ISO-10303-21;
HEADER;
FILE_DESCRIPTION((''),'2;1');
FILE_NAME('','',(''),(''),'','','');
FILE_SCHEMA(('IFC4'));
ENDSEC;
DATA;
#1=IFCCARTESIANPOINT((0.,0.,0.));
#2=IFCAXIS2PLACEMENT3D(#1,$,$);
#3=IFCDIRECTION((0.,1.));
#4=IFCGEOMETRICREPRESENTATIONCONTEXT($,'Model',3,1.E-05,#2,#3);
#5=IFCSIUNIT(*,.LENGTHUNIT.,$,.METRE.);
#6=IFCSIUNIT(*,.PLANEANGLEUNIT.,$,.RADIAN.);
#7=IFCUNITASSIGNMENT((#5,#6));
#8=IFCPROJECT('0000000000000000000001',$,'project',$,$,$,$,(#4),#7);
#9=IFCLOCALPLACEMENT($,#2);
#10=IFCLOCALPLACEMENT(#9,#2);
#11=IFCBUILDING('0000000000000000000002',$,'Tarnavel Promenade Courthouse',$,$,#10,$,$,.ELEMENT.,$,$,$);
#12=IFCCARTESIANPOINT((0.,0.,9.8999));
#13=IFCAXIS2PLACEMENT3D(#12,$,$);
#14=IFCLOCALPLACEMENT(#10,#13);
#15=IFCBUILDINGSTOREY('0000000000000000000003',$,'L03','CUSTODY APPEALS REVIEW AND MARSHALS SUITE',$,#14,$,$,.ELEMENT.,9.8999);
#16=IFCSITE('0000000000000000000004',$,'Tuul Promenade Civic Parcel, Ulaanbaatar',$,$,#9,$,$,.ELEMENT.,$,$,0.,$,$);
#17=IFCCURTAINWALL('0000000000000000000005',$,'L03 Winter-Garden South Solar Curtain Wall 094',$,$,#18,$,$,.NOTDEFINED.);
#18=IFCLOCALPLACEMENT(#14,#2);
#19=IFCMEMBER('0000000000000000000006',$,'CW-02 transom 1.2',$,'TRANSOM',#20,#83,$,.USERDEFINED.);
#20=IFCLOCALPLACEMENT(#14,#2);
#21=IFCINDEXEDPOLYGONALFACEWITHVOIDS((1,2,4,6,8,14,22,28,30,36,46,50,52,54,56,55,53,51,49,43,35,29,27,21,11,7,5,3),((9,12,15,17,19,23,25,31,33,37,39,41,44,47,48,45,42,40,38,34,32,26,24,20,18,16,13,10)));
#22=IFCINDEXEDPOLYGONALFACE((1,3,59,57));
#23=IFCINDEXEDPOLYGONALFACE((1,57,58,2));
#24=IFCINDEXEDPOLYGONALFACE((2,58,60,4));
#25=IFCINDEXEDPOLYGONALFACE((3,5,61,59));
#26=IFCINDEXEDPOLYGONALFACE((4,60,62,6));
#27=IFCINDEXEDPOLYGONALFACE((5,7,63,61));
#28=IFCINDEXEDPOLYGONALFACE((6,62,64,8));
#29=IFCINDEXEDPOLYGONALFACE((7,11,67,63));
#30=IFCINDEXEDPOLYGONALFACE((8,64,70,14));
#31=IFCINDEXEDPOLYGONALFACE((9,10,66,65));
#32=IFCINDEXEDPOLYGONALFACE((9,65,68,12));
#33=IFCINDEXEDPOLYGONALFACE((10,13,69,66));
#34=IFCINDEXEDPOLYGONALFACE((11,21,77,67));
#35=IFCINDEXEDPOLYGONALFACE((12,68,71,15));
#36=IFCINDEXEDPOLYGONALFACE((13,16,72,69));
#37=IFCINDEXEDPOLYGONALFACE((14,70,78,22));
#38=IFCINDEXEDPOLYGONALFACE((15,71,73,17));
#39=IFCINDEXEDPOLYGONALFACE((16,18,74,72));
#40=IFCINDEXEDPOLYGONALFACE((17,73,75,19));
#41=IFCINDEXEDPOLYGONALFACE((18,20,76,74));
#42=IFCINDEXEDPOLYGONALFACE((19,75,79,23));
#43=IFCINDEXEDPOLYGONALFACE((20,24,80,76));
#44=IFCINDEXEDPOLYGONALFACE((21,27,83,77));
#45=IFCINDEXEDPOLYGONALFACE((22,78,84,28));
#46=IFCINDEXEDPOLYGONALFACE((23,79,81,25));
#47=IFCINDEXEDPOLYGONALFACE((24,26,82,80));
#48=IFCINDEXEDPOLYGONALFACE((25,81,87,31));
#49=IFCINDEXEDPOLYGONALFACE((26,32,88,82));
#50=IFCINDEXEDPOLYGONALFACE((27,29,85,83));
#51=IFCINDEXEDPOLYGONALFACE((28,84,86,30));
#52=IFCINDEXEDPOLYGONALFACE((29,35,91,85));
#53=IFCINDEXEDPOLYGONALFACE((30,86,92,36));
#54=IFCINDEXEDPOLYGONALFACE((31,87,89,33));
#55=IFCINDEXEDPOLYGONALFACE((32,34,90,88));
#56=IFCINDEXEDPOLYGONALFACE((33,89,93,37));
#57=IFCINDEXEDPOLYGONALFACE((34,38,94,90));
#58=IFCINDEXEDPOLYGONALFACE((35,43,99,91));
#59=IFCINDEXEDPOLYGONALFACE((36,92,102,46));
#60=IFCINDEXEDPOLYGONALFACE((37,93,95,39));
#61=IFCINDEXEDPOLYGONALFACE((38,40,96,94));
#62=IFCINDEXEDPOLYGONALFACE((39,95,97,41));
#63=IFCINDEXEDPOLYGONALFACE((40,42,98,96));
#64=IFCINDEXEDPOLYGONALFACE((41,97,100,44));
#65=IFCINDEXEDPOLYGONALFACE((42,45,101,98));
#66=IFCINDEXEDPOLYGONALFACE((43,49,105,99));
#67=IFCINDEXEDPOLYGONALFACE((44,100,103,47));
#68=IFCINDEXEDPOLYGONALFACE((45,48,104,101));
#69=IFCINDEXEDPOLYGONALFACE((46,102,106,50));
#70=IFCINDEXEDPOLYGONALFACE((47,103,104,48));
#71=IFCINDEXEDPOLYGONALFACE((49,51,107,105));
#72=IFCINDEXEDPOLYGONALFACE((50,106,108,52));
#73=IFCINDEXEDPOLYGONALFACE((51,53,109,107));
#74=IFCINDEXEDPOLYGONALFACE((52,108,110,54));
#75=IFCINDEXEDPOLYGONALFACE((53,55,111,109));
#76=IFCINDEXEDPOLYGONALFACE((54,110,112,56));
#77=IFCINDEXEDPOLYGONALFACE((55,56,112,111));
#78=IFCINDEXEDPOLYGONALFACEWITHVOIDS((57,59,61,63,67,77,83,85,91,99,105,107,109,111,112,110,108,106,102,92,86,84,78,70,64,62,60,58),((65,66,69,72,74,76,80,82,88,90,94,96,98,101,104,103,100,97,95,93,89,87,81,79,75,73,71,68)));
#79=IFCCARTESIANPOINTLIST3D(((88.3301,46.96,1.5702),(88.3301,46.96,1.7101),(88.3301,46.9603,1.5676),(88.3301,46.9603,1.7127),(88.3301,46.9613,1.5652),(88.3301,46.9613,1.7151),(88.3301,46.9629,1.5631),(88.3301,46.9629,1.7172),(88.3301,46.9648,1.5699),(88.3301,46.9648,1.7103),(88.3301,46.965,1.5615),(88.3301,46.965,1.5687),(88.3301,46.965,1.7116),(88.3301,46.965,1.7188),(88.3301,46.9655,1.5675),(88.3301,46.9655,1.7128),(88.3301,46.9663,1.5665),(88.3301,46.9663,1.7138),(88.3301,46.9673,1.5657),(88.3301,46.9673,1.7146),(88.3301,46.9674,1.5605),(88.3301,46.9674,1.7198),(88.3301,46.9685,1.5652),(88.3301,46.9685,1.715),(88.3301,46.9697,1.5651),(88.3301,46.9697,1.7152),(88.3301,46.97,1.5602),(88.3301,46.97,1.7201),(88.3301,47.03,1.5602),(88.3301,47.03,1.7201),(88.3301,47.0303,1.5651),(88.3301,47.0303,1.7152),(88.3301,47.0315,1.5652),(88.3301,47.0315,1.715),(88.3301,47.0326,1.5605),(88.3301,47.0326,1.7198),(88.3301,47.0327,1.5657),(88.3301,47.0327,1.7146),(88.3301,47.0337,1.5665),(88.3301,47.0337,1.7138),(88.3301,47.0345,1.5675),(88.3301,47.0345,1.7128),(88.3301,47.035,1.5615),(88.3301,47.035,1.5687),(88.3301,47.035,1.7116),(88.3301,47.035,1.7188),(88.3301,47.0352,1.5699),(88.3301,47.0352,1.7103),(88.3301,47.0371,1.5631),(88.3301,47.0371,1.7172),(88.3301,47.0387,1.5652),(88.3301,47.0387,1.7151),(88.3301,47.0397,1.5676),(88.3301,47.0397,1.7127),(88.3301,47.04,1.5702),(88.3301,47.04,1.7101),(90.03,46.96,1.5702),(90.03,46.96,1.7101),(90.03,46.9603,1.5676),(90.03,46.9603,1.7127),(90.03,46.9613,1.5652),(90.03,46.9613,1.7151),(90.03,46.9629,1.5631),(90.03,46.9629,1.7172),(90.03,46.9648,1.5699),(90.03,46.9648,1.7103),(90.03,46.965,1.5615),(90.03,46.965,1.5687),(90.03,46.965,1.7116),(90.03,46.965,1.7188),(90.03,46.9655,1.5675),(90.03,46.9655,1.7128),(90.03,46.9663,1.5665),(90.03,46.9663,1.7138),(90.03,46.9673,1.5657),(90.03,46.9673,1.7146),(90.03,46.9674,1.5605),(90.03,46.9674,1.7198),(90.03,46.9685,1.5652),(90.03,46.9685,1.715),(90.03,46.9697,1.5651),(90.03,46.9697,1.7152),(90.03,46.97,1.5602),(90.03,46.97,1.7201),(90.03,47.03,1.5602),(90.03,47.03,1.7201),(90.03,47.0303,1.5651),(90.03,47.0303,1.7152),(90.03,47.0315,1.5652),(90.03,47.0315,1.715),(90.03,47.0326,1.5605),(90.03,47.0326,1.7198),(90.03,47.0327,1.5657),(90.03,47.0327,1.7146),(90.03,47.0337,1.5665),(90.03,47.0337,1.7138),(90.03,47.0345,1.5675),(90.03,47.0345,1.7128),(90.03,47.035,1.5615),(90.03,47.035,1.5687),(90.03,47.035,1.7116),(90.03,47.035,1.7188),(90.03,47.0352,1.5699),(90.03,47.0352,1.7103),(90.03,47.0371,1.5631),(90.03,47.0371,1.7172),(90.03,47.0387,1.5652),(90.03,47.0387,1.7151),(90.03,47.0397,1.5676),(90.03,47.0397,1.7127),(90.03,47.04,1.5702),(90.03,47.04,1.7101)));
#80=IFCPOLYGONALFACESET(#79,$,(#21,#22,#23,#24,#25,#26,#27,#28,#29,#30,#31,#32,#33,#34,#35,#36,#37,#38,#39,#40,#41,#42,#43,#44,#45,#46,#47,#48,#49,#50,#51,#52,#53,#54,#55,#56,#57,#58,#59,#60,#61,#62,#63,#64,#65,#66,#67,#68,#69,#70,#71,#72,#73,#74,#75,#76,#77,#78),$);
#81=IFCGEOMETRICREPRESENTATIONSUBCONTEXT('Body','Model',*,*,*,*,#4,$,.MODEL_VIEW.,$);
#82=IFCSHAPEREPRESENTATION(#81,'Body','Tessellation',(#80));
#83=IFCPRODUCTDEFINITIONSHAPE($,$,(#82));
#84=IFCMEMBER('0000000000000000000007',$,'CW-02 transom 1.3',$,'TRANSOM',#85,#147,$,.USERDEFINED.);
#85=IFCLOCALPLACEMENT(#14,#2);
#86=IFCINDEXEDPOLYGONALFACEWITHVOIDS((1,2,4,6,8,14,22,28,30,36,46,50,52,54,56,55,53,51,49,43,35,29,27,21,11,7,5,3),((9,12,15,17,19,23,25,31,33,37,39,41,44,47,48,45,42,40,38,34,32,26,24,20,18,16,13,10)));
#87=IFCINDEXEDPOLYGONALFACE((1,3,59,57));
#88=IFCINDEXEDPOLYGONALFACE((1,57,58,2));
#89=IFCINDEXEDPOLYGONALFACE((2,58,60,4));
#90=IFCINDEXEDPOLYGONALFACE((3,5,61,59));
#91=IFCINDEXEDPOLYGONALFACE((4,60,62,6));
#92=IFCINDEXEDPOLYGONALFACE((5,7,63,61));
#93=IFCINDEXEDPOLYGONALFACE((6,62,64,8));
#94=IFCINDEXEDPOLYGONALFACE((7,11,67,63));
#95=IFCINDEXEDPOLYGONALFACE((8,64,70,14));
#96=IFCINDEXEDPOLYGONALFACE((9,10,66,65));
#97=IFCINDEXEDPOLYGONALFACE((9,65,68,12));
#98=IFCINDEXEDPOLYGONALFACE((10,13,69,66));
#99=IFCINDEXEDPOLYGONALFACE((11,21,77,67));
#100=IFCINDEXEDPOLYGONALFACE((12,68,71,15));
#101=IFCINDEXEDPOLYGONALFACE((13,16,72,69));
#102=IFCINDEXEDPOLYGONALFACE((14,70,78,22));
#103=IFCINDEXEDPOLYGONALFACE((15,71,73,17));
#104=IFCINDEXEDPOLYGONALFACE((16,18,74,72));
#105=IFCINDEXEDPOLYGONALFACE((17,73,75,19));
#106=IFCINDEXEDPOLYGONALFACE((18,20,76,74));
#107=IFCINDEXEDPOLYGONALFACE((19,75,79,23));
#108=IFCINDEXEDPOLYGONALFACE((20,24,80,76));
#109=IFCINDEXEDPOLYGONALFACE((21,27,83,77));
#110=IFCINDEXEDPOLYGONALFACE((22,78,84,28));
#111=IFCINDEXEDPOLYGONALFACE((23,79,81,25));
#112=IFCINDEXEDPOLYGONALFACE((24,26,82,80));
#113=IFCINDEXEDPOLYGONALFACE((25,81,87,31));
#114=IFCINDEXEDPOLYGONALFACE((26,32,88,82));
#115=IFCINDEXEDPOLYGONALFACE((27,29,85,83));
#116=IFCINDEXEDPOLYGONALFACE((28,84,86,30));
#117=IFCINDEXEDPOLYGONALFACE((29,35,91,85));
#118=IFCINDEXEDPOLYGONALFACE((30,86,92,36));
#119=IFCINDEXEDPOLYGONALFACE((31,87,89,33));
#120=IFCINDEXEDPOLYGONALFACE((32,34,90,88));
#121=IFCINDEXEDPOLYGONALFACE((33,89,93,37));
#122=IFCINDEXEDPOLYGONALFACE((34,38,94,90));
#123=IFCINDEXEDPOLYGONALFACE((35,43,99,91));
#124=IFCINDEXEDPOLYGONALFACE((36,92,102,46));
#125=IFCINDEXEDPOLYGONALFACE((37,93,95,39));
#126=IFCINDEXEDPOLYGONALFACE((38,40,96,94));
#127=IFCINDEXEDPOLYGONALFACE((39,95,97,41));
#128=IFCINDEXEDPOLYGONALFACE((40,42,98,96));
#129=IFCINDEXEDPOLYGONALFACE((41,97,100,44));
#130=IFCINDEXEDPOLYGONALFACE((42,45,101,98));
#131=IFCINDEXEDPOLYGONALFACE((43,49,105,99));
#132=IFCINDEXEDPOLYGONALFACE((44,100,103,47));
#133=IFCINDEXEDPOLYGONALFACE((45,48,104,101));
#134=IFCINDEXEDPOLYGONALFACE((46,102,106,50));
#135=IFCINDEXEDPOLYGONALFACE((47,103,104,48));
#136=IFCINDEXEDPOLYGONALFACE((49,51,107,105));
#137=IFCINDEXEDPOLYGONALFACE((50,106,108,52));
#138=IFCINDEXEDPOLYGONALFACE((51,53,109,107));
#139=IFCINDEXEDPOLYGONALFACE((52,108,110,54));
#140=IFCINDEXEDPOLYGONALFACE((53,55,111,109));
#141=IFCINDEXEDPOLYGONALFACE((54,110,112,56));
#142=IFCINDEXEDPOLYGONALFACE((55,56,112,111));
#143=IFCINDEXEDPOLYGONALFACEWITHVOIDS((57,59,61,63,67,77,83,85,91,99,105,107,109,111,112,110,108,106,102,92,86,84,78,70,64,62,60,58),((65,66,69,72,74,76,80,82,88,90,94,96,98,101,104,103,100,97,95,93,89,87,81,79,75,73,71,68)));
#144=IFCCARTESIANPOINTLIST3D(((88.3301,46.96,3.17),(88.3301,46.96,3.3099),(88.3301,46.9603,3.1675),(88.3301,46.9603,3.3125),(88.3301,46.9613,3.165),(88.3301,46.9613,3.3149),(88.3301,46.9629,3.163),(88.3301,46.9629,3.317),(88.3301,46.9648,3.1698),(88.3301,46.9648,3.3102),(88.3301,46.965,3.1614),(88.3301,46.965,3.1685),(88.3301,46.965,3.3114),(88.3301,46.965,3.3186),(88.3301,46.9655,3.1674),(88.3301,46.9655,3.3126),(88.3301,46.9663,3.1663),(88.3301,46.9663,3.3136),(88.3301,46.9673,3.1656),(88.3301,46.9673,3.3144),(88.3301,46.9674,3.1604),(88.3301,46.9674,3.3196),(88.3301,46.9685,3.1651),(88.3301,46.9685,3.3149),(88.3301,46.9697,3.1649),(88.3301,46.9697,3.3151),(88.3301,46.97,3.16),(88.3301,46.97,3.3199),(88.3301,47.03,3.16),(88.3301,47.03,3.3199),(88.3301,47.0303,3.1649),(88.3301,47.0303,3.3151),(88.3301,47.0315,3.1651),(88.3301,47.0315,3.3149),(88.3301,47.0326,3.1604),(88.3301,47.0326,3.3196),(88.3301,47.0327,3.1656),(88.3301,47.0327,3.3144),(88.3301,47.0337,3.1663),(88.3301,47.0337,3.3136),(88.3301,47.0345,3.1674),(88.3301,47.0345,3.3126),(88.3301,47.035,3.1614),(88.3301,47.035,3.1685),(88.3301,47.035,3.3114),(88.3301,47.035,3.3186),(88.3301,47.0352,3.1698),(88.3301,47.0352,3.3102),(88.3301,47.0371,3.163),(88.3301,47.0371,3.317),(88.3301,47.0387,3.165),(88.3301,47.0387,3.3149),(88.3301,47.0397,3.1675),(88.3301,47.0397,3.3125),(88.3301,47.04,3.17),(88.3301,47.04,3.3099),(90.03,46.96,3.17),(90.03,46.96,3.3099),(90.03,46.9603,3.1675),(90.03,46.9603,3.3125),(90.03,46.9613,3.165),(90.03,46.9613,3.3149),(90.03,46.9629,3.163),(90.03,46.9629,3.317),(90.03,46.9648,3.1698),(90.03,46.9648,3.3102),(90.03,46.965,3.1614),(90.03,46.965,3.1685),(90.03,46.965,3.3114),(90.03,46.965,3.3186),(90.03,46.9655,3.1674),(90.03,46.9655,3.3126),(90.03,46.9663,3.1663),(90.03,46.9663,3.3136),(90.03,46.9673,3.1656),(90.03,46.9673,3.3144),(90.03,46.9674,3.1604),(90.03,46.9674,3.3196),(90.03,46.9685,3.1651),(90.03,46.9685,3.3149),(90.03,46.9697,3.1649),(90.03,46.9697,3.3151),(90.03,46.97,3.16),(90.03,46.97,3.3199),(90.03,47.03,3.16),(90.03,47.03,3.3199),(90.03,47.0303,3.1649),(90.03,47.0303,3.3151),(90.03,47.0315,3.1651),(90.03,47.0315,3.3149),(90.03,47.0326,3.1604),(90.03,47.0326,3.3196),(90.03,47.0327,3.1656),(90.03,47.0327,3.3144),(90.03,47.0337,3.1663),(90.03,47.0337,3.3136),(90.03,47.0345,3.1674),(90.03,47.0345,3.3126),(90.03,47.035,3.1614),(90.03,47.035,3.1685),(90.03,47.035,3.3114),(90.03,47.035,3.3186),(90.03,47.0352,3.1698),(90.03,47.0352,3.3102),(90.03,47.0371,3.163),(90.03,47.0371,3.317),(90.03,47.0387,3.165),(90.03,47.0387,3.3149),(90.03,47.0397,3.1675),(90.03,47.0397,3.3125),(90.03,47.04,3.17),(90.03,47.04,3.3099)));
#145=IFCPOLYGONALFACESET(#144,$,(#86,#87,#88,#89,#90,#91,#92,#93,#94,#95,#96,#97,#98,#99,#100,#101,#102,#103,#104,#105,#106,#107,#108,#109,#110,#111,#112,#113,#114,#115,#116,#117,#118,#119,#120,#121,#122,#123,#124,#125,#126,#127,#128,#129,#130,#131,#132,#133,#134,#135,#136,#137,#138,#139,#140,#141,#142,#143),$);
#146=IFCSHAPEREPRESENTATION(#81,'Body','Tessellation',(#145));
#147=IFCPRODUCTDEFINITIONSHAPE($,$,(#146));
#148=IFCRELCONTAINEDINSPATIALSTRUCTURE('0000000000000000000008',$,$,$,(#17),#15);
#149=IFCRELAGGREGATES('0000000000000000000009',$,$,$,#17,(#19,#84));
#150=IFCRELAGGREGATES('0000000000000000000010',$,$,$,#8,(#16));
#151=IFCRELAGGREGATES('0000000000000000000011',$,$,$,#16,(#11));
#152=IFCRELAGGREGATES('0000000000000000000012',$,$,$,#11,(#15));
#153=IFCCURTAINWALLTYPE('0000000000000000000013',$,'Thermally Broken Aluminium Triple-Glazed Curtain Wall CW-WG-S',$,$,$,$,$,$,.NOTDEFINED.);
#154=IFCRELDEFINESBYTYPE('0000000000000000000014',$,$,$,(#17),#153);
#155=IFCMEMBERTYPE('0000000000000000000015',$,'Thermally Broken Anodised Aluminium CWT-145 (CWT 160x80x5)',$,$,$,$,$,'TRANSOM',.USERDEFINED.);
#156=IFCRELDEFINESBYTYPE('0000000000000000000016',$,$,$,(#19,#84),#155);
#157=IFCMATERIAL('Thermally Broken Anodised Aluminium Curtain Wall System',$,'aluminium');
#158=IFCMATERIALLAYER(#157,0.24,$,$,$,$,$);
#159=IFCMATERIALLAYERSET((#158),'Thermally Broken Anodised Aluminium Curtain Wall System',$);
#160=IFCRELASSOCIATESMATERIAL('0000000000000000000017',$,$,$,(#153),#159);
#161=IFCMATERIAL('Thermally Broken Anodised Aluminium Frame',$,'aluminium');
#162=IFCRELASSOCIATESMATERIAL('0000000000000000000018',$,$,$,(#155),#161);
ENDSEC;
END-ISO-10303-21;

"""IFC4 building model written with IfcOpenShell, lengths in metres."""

from ifc_helpers import new_model, si_unit, direction, frame, origin, origin_2d, place, context, subcontext, project, spatial, hollow_rectangle, extrude, material, layer, layer_set, material_profile, profile_set, type_object, element, aggregate, save


model = new_model("IFC4")

# Units and contexts
model_context = context("Model", 3, precision=1e-05, world=origin(), true_north=direction((0.0, 1.0)))
body_context = subcontext(model_context, "Body", "Model", "MODEL_VIEW")
ifc_project = project(units=[si_unit("LENGTHUNIT", "METRE"), si_unit("PLANEANGLEUNIT", "RADIAN")], contexts=[model_context])

# Site, building, storey
site_placement = place(None, origin())
site = spatial("IfcSite", under=ifc_project, at=site_placement, Name="Tuul Promenade Civic Parcel, Ulaanbaatar", CompositionType="ELEMENT", RefElevation=0.0)
building_placement = place(site_placement, origin())
building = spatial("IfcBuilding", under=site, at=building_placement, Name="Tarnavel Promenade Courthouse", CompositionType="ELEMENT")
storey_placement = place(building_placement, frame((0.0, 0.0, 9.8999)))
storey = spatial("IfcBuildingStorey", under=building, at=storey_placement, Name="L03", Description="CUSTODY APPEALS REVIEW AND MARSHALS SUITE", CompositionType="ELEMENT", Elevation=9.8999)

# Curtain wall
ifc_material_1 = material(Name="Thermally Broken Anodised Aluminium Curtain Wall System", Category="aluminium")
ifc_layer_1 = layer(ifc_material_1, 0.24)
ifc_layer_set_1 = layer_set([ifc_layer_1], Name="Thermally Broken Anodised Aluminium Curtain Wall System")
curtain_wall_type = type_object("IfcCurtainWallType", Name="Thermally Broken Aluminium Triple-Glazed Curtain Wall CW-WG-S", PredefinedType="NOTDEFINED", material=ifc_layer_set_1)
ifc_material_2 = material(Name="Thermally Broken Anodised Aluminium Frame", Category="aluminium")
curtain_wall_1_placement = place(storey_placement, origin())
curtain_wall_1 = element("IfcCurtainWall", 1, at=curtain_wall_1_placement, inside=storey, type_object=curtain_wall_type, Name="L03 Winter-Garden South Solar Curtain Wall 094", PredefinedType="NOTDEFINED")

# Members
ifc_material_profile_1 = material_profile(ifc_material_2, hollow_rectangle(XDim=0.0801, YDim=0.1599, WallThickness=0.0049, InnerFilletRadius=0.0049, OuterFilletRadius=0.01, at=origin_2d()), Name="CWT 160x80x5")
ifc_profile_set_1 = profile_set([ifc_material_profile_1], Name="Thermally Broken Anodised Aluminium Frame")
member_type_1 = type_object("IfcMemberType", Name="Thermally Broken Anodised Aluminium CWT-145 (CWT 160x80x5)", ElementType="TRANSOM", PredefinedType="USERDEFINED", material=ifc_profile_set_1)
member_1_placement = place(storey_placement, frame((88.3301, 47.0, 1.6401), z_axis=(1.0, 0.0, 0.0), x_axis=(0.0, 1.0, 0.0)))
member_1 = element("IfcMember", 2, at=member_1_placement, type_object=member_type_1, Name="CW-02 transom 1.2", ObjectType="TRANSOM", PredefinedType="USERDEFINED", context=body_context, shape_type="SweptSolid", body=[
    extrude(hollow_rectangle(XDim=0.0801, YDim=0.1599, WallThickness=0.0049, InnerFilletRadius=0.0049, OuterFilletRadius=0.01, at=origin_2d()), origin(), (0.0, 0.0, 1.0), 1.7),
])
member_2_placement = place(storey_placement, frame((88.3301, 47.0, 3.24), z_axis=(1.0, 0.0, 0.0), x_axis=(0.0, 1.0, 0.0)))
member_2 = element("IfcMember", 3, at=member_2_placement, type_object=member_type_1, Name="CW-02 transom 1.3", ObjectType="TRANSOM", PredefinedType="USERDEFINED", context=body_context, shape_type="SweptSolid", body=[
    extrude(hollow_rectangle(XDim=0.0801, YDim=0.1599, WallThickness=0.0049, InnerFilletRadius=0.0049, OuterFilletRadius=0.01, at=origin_2d()), origin(), (0.0, 0.0, 1.0), 1.7),
])

aggregate(curtain_wall_1, [member_1, member_2])

save(model, "model.ifc")
